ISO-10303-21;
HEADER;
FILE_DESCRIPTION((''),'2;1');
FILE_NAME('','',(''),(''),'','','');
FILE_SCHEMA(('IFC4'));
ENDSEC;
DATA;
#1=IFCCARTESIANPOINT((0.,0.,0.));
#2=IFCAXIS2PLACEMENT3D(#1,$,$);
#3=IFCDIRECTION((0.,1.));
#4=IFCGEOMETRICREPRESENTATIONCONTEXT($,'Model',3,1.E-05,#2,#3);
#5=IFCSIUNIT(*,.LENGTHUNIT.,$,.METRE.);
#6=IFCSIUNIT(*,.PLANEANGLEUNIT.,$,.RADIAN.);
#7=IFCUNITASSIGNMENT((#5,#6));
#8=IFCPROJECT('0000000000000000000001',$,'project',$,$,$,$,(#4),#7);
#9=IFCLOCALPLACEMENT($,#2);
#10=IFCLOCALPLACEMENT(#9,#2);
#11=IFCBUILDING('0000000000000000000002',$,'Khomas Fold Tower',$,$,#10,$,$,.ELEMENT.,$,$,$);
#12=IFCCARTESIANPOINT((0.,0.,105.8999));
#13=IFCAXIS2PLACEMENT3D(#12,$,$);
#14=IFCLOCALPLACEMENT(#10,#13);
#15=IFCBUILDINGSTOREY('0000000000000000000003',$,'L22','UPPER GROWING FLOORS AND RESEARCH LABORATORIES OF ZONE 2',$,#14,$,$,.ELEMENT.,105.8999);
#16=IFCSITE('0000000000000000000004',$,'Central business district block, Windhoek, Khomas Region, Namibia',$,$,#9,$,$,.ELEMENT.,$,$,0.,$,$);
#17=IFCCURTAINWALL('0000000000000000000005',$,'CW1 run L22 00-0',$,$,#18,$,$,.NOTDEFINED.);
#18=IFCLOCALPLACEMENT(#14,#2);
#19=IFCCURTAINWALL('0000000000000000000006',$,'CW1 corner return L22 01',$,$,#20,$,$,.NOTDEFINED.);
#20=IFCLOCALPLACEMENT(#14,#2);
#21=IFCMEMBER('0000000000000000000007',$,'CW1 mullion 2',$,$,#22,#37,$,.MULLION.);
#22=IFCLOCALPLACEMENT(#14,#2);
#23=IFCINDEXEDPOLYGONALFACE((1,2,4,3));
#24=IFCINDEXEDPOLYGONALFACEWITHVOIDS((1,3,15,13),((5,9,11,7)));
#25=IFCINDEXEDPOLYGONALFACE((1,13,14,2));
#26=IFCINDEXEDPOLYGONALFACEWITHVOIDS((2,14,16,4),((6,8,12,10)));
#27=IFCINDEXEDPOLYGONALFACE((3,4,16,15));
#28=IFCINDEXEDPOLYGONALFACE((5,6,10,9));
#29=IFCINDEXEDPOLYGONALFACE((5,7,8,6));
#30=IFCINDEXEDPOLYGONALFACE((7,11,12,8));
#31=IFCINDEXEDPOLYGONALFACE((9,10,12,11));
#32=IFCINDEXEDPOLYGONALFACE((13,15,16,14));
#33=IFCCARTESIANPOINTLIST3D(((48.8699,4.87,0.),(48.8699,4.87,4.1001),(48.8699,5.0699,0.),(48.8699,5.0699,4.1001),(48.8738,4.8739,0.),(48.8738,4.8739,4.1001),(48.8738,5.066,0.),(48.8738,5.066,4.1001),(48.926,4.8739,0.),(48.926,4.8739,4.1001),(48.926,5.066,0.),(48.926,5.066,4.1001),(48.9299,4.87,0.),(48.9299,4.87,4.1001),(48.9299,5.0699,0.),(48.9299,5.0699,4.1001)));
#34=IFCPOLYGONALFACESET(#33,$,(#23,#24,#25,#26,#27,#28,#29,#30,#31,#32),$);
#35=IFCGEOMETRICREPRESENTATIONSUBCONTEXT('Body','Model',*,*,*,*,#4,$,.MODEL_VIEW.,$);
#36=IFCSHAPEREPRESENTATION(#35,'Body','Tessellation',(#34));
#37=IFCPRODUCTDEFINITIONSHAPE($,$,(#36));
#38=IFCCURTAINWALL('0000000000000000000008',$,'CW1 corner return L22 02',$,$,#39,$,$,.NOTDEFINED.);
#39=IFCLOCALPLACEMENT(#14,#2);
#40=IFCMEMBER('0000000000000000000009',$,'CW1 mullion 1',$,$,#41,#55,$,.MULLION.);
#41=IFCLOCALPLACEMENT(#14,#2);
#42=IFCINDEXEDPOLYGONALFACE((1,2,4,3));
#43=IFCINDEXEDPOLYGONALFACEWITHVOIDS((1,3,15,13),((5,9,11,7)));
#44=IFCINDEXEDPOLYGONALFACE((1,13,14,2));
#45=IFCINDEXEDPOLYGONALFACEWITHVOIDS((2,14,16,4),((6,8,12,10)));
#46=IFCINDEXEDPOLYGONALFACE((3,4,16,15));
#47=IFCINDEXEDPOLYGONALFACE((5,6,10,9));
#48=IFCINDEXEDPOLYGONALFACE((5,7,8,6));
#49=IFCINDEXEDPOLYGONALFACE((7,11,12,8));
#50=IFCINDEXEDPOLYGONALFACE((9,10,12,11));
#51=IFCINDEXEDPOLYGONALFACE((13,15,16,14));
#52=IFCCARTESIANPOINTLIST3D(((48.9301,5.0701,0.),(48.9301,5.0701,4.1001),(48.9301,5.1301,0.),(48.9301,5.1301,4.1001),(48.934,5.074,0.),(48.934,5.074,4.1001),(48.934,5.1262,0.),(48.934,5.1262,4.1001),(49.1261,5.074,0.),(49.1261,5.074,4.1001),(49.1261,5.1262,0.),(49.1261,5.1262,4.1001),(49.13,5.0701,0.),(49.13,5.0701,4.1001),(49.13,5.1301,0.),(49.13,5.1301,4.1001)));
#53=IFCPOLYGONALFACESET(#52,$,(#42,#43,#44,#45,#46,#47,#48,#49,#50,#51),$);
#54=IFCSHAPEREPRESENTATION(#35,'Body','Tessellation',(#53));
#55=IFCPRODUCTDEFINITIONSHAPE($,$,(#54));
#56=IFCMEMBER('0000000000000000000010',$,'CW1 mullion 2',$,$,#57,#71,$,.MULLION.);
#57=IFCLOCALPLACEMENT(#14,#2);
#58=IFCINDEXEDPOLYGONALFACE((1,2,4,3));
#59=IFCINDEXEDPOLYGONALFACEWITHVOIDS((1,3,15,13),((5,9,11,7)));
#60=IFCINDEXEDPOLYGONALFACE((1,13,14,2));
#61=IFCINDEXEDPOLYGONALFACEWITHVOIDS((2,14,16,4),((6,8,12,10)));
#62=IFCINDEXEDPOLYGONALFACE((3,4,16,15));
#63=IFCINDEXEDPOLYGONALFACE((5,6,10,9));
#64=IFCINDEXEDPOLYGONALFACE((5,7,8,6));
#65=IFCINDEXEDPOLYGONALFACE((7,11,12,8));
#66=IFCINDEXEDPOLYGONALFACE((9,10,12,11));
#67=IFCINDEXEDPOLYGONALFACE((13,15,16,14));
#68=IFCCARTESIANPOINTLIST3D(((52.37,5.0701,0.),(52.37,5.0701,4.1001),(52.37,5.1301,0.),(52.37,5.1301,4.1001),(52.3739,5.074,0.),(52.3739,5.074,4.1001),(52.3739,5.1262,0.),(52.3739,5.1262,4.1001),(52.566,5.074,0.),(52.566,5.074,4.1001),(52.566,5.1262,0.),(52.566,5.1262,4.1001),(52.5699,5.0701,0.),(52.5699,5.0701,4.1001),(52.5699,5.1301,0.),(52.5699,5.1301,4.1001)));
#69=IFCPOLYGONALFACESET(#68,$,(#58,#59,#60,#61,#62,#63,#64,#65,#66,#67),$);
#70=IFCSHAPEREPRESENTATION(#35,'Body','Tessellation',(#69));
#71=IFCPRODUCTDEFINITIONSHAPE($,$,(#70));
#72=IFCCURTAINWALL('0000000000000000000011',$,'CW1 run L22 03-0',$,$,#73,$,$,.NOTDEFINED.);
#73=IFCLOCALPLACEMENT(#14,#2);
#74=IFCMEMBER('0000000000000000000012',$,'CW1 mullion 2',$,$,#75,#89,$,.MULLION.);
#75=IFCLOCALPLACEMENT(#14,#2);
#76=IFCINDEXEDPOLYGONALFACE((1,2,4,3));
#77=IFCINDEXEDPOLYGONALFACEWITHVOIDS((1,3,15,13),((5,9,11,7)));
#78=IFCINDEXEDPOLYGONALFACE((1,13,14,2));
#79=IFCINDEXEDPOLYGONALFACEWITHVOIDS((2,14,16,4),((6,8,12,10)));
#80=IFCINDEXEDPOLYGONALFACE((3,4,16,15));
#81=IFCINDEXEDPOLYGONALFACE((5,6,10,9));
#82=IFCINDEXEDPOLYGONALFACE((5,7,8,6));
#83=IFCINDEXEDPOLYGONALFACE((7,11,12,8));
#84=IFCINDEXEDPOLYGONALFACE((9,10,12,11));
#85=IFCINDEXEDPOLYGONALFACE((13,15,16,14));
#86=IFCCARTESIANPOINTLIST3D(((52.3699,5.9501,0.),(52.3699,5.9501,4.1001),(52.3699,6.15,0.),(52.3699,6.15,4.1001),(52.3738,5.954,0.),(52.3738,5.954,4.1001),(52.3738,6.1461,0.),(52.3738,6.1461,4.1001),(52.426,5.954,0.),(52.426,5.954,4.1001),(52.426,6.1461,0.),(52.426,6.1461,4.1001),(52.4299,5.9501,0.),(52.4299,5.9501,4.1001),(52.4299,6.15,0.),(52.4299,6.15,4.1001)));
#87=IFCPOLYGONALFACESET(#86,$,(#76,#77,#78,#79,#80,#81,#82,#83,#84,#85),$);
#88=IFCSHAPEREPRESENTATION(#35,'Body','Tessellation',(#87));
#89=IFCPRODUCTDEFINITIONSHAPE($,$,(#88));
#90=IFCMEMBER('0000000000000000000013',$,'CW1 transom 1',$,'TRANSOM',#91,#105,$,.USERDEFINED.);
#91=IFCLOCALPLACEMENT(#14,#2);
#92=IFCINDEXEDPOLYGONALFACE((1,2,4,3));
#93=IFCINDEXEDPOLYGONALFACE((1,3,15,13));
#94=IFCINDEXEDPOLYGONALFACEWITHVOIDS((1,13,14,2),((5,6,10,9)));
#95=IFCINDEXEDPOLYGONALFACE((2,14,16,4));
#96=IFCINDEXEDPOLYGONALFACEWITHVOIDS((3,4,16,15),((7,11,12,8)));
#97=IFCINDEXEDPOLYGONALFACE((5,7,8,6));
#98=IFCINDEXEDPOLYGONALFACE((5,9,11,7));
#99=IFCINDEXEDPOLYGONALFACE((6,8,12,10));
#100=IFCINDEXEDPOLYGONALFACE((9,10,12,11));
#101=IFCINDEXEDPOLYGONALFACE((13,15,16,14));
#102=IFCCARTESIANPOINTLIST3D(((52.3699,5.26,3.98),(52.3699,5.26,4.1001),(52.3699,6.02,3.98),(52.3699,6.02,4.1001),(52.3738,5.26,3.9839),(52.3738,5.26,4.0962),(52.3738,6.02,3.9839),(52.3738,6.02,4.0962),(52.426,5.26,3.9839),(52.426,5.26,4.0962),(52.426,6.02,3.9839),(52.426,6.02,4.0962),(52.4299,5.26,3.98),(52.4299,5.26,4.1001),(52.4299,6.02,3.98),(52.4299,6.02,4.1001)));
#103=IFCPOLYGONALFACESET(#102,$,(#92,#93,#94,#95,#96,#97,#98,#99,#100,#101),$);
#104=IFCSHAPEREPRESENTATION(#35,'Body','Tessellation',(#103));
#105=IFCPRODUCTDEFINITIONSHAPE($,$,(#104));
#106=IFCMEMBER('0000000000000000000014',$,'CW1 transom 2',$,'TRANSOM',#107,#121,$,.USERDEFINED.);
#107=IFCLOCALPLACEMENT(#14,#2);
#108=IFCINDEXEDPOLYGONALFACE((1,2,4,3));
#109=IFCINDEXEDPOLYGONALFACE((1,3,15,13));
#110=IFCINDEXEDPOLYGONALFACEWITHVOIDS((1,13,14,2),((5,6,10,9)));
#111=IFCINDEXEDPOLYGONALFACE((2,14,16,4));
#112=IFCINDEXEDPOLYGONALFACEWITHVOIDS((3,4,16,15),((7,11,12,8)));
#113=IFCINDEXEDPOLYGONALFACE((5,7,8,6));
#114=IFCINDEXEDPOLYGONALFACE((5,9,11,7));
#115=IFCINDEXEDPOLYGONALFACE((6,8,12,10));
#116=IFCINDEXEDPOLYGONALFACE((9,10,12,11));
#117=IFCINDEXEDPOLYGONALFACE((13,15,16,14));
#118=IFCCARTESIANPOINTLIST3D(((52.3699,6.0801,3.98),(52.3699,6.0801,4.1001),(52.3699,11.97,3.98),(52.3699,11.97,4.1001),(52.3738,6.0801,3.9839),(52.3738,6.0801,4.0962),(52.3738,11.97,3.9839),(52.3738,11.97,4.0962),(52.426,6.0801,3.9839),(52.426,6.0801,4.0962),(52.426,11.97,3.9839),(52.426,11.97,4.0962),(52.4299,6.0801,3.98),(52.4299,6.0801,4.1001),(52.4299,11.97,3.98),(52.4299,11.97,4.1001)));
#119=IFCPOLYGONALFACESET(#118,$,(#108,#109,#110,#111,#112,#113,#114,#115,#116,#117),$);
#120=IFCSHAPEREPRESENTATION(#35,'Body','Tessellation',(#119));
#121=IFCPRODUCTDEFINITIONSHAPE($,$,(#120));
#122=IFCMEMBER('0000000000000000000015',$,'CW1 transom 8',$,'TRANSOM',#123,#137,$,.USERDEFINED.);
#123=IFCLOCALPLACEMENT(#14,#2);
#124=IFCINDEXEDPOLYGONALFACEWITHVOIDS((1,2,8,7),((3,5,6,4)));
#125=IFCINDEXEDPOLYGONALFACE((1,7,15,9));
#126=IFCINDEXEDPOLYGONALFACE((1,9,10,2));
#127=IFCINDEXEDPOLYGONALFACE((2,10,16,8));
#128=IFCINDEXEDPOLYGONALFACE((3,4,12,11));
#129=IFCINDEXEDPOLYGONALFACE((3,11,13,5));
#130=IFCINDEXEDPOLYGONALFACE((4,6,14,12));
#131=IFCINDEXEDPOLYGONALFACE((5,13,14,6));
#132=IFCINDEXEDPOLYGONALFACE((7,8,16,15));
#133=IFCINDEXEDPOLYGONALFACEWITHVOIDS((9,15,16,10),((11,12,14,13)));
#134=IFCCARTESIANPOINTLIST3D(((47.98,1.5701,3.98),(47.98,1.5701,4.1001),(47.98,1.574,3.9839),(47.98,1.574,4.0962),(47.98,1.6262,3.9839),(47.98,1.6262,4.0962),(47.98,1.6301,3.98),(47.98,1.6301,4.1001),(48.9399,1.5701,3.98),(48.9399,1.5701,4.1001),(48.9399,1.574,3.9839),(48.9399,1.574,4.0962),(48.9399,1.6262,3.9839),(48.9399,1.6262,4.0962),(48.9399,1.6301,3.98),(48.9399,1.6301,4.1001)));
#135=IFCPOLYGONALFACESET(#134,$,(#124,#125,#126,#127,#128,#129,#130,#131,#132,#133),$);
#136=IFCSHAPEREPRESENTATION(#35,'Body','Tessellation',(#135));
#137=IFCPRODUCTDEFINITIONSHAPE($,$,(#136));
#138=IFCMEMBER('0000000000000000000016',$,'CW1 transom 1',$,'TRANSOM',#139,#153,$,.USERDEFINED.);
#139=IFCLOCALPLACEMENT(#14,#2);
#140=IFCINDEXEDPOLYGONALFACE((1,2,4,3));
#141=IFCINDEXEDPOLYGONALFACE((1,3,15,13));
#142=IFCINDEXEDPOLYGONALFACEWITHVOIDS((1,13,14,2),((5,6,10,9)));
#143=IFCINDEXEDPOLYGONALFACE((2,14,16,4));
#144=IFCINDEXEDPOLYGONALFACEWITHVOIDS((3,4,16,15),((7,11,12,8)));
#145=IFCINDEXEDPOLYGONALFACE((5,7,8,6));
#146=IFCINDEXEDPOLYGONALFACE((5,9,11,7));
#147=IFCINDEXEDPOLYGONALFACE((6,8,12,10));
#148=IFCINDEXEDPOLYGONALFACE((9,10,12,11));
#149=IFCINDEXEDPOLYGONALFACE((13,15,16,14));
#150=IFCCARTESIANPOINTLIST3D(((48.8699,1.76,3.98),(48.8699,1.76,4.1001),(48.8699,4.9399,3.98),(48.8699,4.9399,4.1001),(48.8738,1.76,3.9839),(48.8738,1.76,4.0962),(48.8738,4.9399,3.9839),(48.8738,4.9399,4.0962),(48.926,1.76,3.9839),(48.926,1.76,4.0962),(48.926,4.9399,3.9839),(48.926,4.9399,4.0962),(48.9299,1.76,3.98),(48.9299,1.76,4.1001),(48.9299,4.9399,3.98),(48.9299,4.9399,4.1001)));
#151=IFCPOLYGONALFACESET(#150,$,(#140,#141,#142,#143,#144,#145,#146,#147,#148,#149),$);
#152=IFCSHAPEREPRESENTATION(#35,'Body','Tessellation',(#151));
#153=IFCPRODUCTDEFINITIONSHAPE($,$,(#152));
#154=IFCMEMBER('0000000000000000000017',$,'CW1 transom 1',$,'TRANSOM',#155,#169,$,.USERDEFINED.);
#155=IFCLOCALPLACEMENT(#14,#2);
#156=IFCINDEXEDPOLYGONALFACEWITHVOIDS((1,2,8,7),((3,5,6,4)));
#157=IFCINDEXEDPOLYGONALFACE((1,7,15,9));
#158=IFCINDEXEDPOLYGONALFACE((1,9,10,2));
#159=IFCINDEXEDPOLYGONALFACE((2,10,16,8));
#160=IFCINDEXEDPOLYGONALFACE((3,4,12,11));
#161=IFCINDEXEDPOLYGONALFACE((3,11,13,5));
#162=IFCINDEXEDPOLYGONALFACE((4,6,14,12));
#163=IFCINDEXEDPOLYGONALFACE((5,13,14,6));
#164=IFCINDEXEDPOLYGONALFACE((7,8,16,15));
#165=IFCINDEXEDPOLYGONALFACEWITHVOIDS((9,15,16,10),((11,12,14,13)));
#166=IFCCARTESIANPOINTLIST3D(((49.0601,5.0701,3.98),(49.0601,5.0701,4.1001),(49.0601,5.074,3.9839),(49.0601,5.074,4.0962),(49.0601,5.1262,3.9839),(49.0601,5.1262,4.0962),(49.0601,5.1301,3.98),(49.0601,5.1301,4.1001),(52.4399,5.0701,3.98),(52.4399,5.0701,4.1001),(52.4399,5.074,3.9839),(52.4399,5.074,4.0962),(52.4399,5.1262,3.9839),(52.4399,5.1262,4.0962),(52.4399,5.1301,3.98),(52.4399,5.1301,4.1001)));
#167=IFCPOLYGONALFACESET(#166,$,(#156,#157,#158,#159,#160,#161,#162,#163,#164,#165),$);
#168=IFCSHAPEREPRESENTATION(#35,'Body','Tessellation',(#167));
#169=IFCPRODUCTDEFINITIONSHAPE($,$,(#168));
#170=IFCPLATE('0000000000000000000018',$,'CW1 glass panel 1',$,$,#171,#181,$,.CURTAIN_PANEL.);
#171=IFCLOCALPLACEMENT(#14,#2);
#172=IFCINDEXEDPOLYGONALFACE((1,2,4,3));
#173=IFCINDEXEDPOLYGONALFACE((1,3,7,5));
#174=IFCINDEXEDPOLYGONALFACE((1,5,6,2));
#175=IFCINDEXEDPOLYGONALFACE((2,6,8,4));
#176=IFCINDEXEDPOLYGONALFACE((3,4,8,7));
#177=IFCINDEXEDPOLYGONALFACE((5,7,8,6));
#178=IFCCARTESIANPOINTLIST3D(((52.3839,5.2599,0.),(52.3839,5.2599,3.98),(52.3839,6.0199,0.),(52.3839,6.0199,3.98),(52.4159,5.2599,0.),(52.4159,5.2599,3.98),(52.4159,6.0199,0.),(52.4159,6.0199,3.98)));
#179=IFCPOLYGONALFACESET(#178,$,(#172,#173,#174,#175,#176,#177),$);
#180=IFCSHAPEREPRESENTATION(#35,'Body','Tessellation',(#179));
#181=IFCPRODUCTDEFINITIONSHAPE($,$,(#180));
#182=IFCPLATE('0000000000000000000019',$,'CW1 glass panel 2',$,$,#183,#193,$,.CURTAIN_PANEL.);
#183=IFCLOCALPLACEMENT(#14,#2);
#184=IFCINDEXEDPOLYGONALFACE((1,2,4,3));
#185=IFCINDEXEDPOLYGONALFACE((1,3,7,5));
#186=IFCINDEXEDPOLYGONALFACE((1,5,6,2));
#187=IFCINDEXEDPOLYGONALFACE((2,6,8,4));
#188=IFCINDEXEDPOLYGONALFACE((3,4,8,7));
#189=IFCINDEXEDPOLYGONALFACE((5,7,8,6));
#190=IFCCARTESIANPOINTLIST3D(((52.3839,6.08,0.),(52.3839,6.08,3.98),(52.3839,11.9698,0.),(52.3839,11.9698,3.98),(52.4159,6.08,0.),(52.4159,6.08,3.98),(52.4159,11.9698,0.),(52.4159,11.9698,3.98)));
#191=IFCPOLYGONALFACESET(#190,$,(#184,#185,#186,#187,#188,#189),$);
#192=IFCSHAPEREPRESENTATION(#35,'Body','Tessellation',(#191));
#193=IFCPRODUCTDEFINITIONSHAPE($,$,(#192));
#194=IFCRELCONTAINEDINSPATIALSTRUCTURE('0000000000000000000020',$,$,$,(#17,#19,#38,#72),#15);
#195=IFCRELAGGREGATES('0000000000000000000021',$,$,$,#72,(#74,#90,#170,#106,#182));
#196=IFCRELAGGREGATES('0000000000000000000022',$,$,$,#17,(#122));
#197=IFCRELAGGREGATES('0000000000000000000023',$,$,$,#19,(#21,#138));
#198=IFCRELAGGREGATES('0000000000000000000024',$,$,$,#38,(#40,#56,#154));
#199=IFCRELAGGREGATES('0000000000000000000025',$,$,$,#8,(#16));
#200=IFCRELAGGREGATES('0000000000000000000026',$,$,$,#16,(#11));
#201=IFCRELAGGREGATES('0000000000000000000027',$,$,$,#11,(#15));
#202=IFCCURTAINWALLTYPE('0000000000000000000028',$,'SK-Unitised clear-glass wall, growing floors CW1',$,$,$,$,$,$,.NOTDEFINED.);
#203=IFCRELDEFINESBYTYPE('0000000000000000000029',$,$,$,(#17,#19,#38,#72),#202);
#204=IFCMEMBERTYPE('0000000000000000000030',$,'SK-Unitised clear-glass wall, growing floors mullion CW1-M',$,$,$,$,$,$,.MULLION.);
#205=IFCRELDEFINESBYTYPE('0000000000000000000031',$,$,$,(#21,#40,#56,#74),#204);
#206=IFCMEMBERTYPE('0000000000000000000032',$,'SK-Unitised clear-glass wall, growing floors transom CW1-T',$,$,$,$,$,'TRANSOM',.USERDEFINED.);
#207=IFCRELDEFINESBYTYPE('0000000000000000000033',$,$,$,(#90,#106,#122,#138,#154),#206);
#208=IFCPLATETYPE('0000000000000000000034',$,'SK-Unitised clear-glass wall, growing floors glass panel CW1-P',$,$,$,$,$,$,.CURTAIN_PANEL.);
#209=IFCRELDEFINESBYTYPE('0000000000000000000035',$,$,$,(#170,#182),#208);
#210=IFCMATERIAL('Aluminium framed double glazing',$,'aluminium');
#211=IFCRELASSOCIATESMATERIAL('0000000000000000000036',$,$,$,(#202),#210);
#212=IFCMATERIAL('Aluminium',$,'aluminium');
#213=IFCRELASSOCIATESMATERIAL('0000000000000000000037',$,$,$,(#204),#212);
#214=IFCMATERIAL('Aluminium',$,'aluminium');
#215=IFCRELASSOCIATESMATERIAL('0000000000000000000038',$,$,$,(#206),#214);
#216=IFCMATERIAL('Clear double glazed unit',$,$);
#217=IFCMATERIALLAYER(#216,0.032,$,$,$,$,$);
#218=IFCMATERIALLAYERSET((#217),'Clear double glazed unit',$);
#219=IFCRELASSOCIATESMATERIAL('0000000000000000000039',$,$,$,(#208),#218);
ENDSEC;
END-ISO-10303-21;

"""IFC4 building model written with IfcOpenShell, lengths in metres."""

from ifc_helpers import new_model, si_unit, direction, frame, origin, origin_2d, place, context, subcontext, project, spatial, rectangle, hollow_rectangle, extrude, source, transform, mapped, material, layer, layer_set, material_profile, profile_set, type_object, element, aggregate, save


model = new_model("IFC4")

# Units and contexts
model_context = context("Model", 3, precision=1e-05, world=origin(), true_north=direction((0.0, 1.0)))
body_context = subcontext(model_context, "Body", "Model", "MODEL_VIEW")
ifc_project = project(units=[si_unit("LENGTHUNIT", "METRE"), si_unit("PLANEANGLEUNIT", "RADIAN")], contexts=[model_context])

# Site, building, storey
site_placement = place(None, origin())
site = spatial("IfcSite", under=ifc_project, at=site_placement, Name="Central business district block, Windhoek, Khomas Region, Namibia", CompositionType="ELEMENT", RefElevation=0.0)
building_placement = place(site_placement, origin())
building = spatial("IfcBuilding", under=site, at=building_placement, Name="Khomas Fold Tower", CompositionType="ELEMENT")
storey_placement = place(building_placement, frame((0.0, 0.0, 105.8999)))
storey = spatial("IfcBuildingStorey", under=building, at=storey_placement, Name="L22", Description="UPPER GROWING FLOORS AND RESEARCH LABORATORIES OF ZONE 2", CompositionType="ELEMENT", Elevation=105.8999)

# Curtain walls, members
ifc_material_1 = material(Name="Aluminium framed double glazing", Category="aluminium")
curtain_wall_type = type_object("IfcCurtainWallType", Name="SK-Unitised clear-glass wall, growing floors CW1", PredefinedType="NOTDEFINED", material=ifc_material_1)
curtain_wall_1_placement = place(storey_placement, origin())
curtain_wall_1 = element("IfcCurtainWall", 1, at=curtain_wall_1_placement, inside=storey, type_object=curtain_wall_type, Name="CW1 run L22 00-0", PredefinedType="NOTDEFINED")
ifc_material_2 = material(Name="Aluminium", Category="aluminium")
ifc_material_profile_1 = material_profile(ifc_material_2, hollow_rectangle(XDim=0.0601, YDim=0.2, WallThickness=0.0039, at=origin_2d()), Name="SK-Unitised clear-glass wall, growing floors mullion CW1-M")
ifc_profile_set_1 = profile_set([ifc_material_profile_1], Name="Aluminium")
member_type_1 = type_object("IfcMemberType", Name="SK-Unitised clear-glass wall, growing floors mullion CW1-M", PredefinedType="MULLION", material=ifc_profile_set_1)
shared_shape_1 = source(origin(), body_context, "Body", "SweptSolid", [
    extrude(hollow_rectangle(XDim=0.0601, YDim=0.2, WallThickness=0.0039, at=origin_2d()), origin(), (0.0, 0.0, 1.0), 4.1001),
])
curtain_wall_2_placement = place(storey_placement, origin())
curtain_wall_2 = element("IfcCurtainWall", 2, at=curtain_wall_2_placement, inside=storey, type_object=curtain_wall_type, Name="CW1 corner return L22 01", PredefinedType="NOTDEFINED")
member_1_placement = place(storey_placement, frame((48.8999, 4.97, 0.0), z_axis=(0.0, 0.0, 1.0), x_axis=(-1.0, 0.0, 0.0)))
member_1 = element("IfcMember", 3, at=member_1_placement, type_object=member_type_1, Name="CW1 mullion 2", PredefinedType="MULLION", context=body_context, shape_type="MappedRepresentation", body=[
    mapped(shared_shape_1, transform((0.0, 0.0, 0.0))),
])
curtain_wall_3_placement = place(storey_placement, origin())
curtain_wall_3 = element("IfcCurtainWall", 4, at=curtain_wall_3_placement, inside=storey, type_object=curtain_wall_type, Name="CW1 corner return L22 02", PredefinedType="NOTDEFINED")
member_2_placement = place(storey_placement, frame((49.03, 5.1001, 0.0), z_axis=(0.0, 0.0, 1.0), x_axis=(0.0, 1.0, 0.0)))
member_2 = element("IfcMember", 5, at=member_2_placement, type_object=member_type_1, Name="CW1 mullion 1", PredefinedType="MULLION", context=body_context, shape_type="MappedRepresentation", body=[
    mapped(shared_shape_1, transform((0.0, 0.0, 0.0))),
])
member_3_placement = place(storey_placement, frame((52.47, 5.1001, 0.0), z_axis=(0.0, 0.0, 1.0), x_axis=(0.0, 1.0, 0.0)))
member_3 = element("IfcMember", 6, at=member_3_placement, type_object=member_type_1, Name="CW1 mullion 2", PredefinedType="MULLION", context=body_context, shape_type="MappedRepresentation", body=[
    mapped(shared_shape_1, transform((0.0, 0.0, 0.0))),
])
curtain_wall_4_placement = place(storey_placement, origin())
curtain_wall_4 = element("IfcCurtainWall", 7, at=curtain_wall_4_placement, inside=storey, type_object=curtain_wall_type, Name="CW1 run L22 03-0", PredefinedType="NOTDEFINED")
member_4_placement = place(storey_placement, frame((52.3999, 6.05, 0.0), z_axis=(0.0, 0.0, 1.0), x_axis=(-1.0, 0.0, 0.0)))
member_4 = element("IfcMember", 8, at=member_4_placement, type_object=member_type_1, Name="CW1 mullion 2", PredefinedType="MULLION", context=body_context, shape_type="MappedRepresentation", body=[
    mapped(shared_shape_1, transform((0.0, 0.0, 0.0))),
])
ifc_material_3 = material(Name="Aluminium", Category="aluminium")
ifc_material_profile_2 = material_profile(ifc_material_3, hollow_rectangle(XDim=0.0601, YDim=0.1201, WallThickness=0.0039, at=origin_2d()), Name="SK-Unitised clear-glass wall, growing floors transom CW1-T")
ifc_profile_set_2 = profile_set([ifc_material_profile_2], Name="Aluminium")
member_type_2 = type_object("IfcMemberType", Name="SK-Unitised clear-glass wall, growing floors transom CW1-T", ElementType="TRANSOM", PredefinedType="USERDEFINED", material=ifc_profile_set_2)
shared_shape_2 = source(origin(), body_context, "Body", "SweptSolid", [
    extrude(hollow_rectangle(XDim=0.0601, YDim=0.1201, WallThickness=0.0039, at=origin_2d()), origin(), (0.0, 0.0, 1.0), 0.76),
])
member_5_placement = place(storey_placement, frame((52.3999, 5.26, 4.04), z_axis=(0.0, 1.0, 0.0), x_axis=(-1.0, 0.0, 0.0)))
member_5 = element("IfcMember", 9, at=member_5_placement, type_object=member_type_2, Name="CW1 transom 1", ObjectType="TRANSOM", PredefinedType="USERDEFINED", context=body_context, shape_type="MappedRepresentation", body=[
    mapped(shared_shape_2, transform((0.0, 0.0, 0.0))),
])
shared_shape_3 = source(origin(), body_context, "Body", "SweptSolid", [
    extrude(hollow_rectangle(XDim=0.0601, YDim=0.1201, WallThickness=0.0039, at=origin_2d()), origin(), (0.0, 0.0, 1.0), 5.8899),
])
member_6_placement = place(storey_placement, frame((52.3999, 6.0801, 4.04), z_axis=(0.0, 1.0, 0.0), x_axis=(-1.0, 0.0, 0.0)))
member_6 = element("IfcMember", 10, at=member_6_placement, type_object=member_type_2, Name="CW1 transom 2", ObjectType="TRANSOM", PredefinedType="USERDEFINED", context=body_context, shape_type="MappedRepresentation", body=[
    mapped(shared_shape_3, transform((0.0, 0.0, 0.0))),
])

# Members
shared_shape_4 = source(origin(), body_context, "Body", "SweptSolid", [
    extrude(hollow_rectangle(XDim=0.0601, YDim=0.1201, WallThickness=0.0039, at=origin_2d()), origin(), (0.0, 0.0, 1.0), 0.96),
])
member_7_placement = place(storey_placement, frame((47.98, 1.6001, 4.04), z_axis=(1.0, 0.0, 0.0), x_axis=(0.0, 1.0, 0.0)))
member_7 = element("IfcMember", 11, at=member_7_placement, type_object=member_type_2, Name="CW1 transom 8", ObjectType="TRANSOM", PredefinedType="USERDEFINED", context=body_context, shape_type="MappedRepresentation", body=[
    mapped(shared_shape_4, transform((0.0, 0.0, 0.0))),
])
shared_shape_5 = source(origin(), body_context, "Body", "SweptSolid", [
    extrude(hollow_rectangle(XDim=0.0601, YDim=0.1201, WallThickness=0.0039, at=origin_2d()), origin(), (0.0, 0.0, 1.0), 3.1799),
])
member_8_placement = place(storey_placement, frame((48.8999, 1.76, 4.04), z_axis=(0.0, 1.0, 0.0), x_axis=(-1.0, 0.0, 0.0)))
member_8 = element("IfcMember", 12, at=member_8_placement, type_object=member_type_2, Name="CW1 transom 1", ObjectType="TRANSOM", PredefinedType="USERDEFINED", context=body_context, shape_type="MappedRepresentation", body=[
    mapped(shared_shape_5, transform((0.0, 0.0, 0.0))),
])
shared_shape_6 = source(origin(), body_context, "Body", "SweptSolid", [
    extrude(hollow_rectangle(XDim=0.0601, YDim=0.1201, WallThickness=0.0039, at=origin_2d()), origin(), (0.0, 0.0, 1.0), 3.3799),
])
member_9_placement = place(storey_placement, frame((49.0601, 5.1001, 4.04), z_axis=(1.0, 0.0, 0.0), x_axis=(0.0, 1.0, 0.0)))
member_9 = element("IfcMember", 13, at=member_9_placement, type_object=member_type_2, Name="CW1 transom 1", ObjectType="TRANSOM", PredefinedType="USERDEFINED", context=body_context, shape_type="MappedRepresentation", body=[
    mapped(shared_shape_6, transform((0.0, 0.0, 0.0))),
])

# Plates
ifc_material_4 = material(Name="Clear double glazed unit")
ifc_layer = layer(ifc_material_4, 0.032)
ifc_layer_set = layer_set([ifc_layer], Name="Clear double glazed unit")
plate_type = type_object("IfcPlateType", Name="SK-Unitised clear-glass wall, growing floors glass panel CW1-P", PredefinedType="CURTAIN_PANEL", material=ifc_layer_set)
shared_shape_7 = source(origin(), body_context, "Body", "SweptSolid", [
    extrude(rectangle(XDim=0.76, YDim=0.032, at=origin_2d()), origin(), (0.0, 0.0, 1.0), 3.98),
])
plate_1_placement = place(storey_placement, frame((52.3999, 5.6399, 0.0), z_axis=(0.0, 0.0, 1.0), x_axis=(0.0, 1.0, 0.0)))
plate_1 = element("IfcPlate", 14, at=plate_1_placement, type_object=plate_type, Name="CW1 glass panel 1", PredefinedType="CURTAIN_PANEL", context=body_context, shape_type="MappedRepresentation", body=[
    mapped(shared_shape_7, transform((0.0, 0.0, 0.0))),
])
shared_shape_8 = source(origin(), body_context, "Body", "SweptSolid", [
    extrude(rectangle(XDim=5.8899, YDim=0.032, at=origin_2d()), origin(), (0.0, 0.0, 1.0), 3.98),
])
plate_2_placement = place(storey_placement, frame((52.3999, 9.0249, 0.0), z_axis=(0.0, 0.0, 1.0), x_axis=(0.0, 1.0, 0.0)))
plate_2 = element("IfcPlate", 15, at=plate_2_placement, type_object=plate_type, Name="CW1 glass panel 2", PredefinedType="CURTAIN_PANEL", context=body_context, shape_type="MappedRepresentation", body=[
    mapped(shared_shape_8, transform((0.0, 0.0, 0.0))),
])
aggregate(curtain_wall_4, [member_4, member_5, plate_1, member_6, plate_2])
aggregate(curtain_wall_1, [member_7])
aggregate(curtain_wall_2, [member_1, member_8])
aggregate(curtain_wall_3, [member_2, member_3, member_9])

save(model, "model.ifc")
